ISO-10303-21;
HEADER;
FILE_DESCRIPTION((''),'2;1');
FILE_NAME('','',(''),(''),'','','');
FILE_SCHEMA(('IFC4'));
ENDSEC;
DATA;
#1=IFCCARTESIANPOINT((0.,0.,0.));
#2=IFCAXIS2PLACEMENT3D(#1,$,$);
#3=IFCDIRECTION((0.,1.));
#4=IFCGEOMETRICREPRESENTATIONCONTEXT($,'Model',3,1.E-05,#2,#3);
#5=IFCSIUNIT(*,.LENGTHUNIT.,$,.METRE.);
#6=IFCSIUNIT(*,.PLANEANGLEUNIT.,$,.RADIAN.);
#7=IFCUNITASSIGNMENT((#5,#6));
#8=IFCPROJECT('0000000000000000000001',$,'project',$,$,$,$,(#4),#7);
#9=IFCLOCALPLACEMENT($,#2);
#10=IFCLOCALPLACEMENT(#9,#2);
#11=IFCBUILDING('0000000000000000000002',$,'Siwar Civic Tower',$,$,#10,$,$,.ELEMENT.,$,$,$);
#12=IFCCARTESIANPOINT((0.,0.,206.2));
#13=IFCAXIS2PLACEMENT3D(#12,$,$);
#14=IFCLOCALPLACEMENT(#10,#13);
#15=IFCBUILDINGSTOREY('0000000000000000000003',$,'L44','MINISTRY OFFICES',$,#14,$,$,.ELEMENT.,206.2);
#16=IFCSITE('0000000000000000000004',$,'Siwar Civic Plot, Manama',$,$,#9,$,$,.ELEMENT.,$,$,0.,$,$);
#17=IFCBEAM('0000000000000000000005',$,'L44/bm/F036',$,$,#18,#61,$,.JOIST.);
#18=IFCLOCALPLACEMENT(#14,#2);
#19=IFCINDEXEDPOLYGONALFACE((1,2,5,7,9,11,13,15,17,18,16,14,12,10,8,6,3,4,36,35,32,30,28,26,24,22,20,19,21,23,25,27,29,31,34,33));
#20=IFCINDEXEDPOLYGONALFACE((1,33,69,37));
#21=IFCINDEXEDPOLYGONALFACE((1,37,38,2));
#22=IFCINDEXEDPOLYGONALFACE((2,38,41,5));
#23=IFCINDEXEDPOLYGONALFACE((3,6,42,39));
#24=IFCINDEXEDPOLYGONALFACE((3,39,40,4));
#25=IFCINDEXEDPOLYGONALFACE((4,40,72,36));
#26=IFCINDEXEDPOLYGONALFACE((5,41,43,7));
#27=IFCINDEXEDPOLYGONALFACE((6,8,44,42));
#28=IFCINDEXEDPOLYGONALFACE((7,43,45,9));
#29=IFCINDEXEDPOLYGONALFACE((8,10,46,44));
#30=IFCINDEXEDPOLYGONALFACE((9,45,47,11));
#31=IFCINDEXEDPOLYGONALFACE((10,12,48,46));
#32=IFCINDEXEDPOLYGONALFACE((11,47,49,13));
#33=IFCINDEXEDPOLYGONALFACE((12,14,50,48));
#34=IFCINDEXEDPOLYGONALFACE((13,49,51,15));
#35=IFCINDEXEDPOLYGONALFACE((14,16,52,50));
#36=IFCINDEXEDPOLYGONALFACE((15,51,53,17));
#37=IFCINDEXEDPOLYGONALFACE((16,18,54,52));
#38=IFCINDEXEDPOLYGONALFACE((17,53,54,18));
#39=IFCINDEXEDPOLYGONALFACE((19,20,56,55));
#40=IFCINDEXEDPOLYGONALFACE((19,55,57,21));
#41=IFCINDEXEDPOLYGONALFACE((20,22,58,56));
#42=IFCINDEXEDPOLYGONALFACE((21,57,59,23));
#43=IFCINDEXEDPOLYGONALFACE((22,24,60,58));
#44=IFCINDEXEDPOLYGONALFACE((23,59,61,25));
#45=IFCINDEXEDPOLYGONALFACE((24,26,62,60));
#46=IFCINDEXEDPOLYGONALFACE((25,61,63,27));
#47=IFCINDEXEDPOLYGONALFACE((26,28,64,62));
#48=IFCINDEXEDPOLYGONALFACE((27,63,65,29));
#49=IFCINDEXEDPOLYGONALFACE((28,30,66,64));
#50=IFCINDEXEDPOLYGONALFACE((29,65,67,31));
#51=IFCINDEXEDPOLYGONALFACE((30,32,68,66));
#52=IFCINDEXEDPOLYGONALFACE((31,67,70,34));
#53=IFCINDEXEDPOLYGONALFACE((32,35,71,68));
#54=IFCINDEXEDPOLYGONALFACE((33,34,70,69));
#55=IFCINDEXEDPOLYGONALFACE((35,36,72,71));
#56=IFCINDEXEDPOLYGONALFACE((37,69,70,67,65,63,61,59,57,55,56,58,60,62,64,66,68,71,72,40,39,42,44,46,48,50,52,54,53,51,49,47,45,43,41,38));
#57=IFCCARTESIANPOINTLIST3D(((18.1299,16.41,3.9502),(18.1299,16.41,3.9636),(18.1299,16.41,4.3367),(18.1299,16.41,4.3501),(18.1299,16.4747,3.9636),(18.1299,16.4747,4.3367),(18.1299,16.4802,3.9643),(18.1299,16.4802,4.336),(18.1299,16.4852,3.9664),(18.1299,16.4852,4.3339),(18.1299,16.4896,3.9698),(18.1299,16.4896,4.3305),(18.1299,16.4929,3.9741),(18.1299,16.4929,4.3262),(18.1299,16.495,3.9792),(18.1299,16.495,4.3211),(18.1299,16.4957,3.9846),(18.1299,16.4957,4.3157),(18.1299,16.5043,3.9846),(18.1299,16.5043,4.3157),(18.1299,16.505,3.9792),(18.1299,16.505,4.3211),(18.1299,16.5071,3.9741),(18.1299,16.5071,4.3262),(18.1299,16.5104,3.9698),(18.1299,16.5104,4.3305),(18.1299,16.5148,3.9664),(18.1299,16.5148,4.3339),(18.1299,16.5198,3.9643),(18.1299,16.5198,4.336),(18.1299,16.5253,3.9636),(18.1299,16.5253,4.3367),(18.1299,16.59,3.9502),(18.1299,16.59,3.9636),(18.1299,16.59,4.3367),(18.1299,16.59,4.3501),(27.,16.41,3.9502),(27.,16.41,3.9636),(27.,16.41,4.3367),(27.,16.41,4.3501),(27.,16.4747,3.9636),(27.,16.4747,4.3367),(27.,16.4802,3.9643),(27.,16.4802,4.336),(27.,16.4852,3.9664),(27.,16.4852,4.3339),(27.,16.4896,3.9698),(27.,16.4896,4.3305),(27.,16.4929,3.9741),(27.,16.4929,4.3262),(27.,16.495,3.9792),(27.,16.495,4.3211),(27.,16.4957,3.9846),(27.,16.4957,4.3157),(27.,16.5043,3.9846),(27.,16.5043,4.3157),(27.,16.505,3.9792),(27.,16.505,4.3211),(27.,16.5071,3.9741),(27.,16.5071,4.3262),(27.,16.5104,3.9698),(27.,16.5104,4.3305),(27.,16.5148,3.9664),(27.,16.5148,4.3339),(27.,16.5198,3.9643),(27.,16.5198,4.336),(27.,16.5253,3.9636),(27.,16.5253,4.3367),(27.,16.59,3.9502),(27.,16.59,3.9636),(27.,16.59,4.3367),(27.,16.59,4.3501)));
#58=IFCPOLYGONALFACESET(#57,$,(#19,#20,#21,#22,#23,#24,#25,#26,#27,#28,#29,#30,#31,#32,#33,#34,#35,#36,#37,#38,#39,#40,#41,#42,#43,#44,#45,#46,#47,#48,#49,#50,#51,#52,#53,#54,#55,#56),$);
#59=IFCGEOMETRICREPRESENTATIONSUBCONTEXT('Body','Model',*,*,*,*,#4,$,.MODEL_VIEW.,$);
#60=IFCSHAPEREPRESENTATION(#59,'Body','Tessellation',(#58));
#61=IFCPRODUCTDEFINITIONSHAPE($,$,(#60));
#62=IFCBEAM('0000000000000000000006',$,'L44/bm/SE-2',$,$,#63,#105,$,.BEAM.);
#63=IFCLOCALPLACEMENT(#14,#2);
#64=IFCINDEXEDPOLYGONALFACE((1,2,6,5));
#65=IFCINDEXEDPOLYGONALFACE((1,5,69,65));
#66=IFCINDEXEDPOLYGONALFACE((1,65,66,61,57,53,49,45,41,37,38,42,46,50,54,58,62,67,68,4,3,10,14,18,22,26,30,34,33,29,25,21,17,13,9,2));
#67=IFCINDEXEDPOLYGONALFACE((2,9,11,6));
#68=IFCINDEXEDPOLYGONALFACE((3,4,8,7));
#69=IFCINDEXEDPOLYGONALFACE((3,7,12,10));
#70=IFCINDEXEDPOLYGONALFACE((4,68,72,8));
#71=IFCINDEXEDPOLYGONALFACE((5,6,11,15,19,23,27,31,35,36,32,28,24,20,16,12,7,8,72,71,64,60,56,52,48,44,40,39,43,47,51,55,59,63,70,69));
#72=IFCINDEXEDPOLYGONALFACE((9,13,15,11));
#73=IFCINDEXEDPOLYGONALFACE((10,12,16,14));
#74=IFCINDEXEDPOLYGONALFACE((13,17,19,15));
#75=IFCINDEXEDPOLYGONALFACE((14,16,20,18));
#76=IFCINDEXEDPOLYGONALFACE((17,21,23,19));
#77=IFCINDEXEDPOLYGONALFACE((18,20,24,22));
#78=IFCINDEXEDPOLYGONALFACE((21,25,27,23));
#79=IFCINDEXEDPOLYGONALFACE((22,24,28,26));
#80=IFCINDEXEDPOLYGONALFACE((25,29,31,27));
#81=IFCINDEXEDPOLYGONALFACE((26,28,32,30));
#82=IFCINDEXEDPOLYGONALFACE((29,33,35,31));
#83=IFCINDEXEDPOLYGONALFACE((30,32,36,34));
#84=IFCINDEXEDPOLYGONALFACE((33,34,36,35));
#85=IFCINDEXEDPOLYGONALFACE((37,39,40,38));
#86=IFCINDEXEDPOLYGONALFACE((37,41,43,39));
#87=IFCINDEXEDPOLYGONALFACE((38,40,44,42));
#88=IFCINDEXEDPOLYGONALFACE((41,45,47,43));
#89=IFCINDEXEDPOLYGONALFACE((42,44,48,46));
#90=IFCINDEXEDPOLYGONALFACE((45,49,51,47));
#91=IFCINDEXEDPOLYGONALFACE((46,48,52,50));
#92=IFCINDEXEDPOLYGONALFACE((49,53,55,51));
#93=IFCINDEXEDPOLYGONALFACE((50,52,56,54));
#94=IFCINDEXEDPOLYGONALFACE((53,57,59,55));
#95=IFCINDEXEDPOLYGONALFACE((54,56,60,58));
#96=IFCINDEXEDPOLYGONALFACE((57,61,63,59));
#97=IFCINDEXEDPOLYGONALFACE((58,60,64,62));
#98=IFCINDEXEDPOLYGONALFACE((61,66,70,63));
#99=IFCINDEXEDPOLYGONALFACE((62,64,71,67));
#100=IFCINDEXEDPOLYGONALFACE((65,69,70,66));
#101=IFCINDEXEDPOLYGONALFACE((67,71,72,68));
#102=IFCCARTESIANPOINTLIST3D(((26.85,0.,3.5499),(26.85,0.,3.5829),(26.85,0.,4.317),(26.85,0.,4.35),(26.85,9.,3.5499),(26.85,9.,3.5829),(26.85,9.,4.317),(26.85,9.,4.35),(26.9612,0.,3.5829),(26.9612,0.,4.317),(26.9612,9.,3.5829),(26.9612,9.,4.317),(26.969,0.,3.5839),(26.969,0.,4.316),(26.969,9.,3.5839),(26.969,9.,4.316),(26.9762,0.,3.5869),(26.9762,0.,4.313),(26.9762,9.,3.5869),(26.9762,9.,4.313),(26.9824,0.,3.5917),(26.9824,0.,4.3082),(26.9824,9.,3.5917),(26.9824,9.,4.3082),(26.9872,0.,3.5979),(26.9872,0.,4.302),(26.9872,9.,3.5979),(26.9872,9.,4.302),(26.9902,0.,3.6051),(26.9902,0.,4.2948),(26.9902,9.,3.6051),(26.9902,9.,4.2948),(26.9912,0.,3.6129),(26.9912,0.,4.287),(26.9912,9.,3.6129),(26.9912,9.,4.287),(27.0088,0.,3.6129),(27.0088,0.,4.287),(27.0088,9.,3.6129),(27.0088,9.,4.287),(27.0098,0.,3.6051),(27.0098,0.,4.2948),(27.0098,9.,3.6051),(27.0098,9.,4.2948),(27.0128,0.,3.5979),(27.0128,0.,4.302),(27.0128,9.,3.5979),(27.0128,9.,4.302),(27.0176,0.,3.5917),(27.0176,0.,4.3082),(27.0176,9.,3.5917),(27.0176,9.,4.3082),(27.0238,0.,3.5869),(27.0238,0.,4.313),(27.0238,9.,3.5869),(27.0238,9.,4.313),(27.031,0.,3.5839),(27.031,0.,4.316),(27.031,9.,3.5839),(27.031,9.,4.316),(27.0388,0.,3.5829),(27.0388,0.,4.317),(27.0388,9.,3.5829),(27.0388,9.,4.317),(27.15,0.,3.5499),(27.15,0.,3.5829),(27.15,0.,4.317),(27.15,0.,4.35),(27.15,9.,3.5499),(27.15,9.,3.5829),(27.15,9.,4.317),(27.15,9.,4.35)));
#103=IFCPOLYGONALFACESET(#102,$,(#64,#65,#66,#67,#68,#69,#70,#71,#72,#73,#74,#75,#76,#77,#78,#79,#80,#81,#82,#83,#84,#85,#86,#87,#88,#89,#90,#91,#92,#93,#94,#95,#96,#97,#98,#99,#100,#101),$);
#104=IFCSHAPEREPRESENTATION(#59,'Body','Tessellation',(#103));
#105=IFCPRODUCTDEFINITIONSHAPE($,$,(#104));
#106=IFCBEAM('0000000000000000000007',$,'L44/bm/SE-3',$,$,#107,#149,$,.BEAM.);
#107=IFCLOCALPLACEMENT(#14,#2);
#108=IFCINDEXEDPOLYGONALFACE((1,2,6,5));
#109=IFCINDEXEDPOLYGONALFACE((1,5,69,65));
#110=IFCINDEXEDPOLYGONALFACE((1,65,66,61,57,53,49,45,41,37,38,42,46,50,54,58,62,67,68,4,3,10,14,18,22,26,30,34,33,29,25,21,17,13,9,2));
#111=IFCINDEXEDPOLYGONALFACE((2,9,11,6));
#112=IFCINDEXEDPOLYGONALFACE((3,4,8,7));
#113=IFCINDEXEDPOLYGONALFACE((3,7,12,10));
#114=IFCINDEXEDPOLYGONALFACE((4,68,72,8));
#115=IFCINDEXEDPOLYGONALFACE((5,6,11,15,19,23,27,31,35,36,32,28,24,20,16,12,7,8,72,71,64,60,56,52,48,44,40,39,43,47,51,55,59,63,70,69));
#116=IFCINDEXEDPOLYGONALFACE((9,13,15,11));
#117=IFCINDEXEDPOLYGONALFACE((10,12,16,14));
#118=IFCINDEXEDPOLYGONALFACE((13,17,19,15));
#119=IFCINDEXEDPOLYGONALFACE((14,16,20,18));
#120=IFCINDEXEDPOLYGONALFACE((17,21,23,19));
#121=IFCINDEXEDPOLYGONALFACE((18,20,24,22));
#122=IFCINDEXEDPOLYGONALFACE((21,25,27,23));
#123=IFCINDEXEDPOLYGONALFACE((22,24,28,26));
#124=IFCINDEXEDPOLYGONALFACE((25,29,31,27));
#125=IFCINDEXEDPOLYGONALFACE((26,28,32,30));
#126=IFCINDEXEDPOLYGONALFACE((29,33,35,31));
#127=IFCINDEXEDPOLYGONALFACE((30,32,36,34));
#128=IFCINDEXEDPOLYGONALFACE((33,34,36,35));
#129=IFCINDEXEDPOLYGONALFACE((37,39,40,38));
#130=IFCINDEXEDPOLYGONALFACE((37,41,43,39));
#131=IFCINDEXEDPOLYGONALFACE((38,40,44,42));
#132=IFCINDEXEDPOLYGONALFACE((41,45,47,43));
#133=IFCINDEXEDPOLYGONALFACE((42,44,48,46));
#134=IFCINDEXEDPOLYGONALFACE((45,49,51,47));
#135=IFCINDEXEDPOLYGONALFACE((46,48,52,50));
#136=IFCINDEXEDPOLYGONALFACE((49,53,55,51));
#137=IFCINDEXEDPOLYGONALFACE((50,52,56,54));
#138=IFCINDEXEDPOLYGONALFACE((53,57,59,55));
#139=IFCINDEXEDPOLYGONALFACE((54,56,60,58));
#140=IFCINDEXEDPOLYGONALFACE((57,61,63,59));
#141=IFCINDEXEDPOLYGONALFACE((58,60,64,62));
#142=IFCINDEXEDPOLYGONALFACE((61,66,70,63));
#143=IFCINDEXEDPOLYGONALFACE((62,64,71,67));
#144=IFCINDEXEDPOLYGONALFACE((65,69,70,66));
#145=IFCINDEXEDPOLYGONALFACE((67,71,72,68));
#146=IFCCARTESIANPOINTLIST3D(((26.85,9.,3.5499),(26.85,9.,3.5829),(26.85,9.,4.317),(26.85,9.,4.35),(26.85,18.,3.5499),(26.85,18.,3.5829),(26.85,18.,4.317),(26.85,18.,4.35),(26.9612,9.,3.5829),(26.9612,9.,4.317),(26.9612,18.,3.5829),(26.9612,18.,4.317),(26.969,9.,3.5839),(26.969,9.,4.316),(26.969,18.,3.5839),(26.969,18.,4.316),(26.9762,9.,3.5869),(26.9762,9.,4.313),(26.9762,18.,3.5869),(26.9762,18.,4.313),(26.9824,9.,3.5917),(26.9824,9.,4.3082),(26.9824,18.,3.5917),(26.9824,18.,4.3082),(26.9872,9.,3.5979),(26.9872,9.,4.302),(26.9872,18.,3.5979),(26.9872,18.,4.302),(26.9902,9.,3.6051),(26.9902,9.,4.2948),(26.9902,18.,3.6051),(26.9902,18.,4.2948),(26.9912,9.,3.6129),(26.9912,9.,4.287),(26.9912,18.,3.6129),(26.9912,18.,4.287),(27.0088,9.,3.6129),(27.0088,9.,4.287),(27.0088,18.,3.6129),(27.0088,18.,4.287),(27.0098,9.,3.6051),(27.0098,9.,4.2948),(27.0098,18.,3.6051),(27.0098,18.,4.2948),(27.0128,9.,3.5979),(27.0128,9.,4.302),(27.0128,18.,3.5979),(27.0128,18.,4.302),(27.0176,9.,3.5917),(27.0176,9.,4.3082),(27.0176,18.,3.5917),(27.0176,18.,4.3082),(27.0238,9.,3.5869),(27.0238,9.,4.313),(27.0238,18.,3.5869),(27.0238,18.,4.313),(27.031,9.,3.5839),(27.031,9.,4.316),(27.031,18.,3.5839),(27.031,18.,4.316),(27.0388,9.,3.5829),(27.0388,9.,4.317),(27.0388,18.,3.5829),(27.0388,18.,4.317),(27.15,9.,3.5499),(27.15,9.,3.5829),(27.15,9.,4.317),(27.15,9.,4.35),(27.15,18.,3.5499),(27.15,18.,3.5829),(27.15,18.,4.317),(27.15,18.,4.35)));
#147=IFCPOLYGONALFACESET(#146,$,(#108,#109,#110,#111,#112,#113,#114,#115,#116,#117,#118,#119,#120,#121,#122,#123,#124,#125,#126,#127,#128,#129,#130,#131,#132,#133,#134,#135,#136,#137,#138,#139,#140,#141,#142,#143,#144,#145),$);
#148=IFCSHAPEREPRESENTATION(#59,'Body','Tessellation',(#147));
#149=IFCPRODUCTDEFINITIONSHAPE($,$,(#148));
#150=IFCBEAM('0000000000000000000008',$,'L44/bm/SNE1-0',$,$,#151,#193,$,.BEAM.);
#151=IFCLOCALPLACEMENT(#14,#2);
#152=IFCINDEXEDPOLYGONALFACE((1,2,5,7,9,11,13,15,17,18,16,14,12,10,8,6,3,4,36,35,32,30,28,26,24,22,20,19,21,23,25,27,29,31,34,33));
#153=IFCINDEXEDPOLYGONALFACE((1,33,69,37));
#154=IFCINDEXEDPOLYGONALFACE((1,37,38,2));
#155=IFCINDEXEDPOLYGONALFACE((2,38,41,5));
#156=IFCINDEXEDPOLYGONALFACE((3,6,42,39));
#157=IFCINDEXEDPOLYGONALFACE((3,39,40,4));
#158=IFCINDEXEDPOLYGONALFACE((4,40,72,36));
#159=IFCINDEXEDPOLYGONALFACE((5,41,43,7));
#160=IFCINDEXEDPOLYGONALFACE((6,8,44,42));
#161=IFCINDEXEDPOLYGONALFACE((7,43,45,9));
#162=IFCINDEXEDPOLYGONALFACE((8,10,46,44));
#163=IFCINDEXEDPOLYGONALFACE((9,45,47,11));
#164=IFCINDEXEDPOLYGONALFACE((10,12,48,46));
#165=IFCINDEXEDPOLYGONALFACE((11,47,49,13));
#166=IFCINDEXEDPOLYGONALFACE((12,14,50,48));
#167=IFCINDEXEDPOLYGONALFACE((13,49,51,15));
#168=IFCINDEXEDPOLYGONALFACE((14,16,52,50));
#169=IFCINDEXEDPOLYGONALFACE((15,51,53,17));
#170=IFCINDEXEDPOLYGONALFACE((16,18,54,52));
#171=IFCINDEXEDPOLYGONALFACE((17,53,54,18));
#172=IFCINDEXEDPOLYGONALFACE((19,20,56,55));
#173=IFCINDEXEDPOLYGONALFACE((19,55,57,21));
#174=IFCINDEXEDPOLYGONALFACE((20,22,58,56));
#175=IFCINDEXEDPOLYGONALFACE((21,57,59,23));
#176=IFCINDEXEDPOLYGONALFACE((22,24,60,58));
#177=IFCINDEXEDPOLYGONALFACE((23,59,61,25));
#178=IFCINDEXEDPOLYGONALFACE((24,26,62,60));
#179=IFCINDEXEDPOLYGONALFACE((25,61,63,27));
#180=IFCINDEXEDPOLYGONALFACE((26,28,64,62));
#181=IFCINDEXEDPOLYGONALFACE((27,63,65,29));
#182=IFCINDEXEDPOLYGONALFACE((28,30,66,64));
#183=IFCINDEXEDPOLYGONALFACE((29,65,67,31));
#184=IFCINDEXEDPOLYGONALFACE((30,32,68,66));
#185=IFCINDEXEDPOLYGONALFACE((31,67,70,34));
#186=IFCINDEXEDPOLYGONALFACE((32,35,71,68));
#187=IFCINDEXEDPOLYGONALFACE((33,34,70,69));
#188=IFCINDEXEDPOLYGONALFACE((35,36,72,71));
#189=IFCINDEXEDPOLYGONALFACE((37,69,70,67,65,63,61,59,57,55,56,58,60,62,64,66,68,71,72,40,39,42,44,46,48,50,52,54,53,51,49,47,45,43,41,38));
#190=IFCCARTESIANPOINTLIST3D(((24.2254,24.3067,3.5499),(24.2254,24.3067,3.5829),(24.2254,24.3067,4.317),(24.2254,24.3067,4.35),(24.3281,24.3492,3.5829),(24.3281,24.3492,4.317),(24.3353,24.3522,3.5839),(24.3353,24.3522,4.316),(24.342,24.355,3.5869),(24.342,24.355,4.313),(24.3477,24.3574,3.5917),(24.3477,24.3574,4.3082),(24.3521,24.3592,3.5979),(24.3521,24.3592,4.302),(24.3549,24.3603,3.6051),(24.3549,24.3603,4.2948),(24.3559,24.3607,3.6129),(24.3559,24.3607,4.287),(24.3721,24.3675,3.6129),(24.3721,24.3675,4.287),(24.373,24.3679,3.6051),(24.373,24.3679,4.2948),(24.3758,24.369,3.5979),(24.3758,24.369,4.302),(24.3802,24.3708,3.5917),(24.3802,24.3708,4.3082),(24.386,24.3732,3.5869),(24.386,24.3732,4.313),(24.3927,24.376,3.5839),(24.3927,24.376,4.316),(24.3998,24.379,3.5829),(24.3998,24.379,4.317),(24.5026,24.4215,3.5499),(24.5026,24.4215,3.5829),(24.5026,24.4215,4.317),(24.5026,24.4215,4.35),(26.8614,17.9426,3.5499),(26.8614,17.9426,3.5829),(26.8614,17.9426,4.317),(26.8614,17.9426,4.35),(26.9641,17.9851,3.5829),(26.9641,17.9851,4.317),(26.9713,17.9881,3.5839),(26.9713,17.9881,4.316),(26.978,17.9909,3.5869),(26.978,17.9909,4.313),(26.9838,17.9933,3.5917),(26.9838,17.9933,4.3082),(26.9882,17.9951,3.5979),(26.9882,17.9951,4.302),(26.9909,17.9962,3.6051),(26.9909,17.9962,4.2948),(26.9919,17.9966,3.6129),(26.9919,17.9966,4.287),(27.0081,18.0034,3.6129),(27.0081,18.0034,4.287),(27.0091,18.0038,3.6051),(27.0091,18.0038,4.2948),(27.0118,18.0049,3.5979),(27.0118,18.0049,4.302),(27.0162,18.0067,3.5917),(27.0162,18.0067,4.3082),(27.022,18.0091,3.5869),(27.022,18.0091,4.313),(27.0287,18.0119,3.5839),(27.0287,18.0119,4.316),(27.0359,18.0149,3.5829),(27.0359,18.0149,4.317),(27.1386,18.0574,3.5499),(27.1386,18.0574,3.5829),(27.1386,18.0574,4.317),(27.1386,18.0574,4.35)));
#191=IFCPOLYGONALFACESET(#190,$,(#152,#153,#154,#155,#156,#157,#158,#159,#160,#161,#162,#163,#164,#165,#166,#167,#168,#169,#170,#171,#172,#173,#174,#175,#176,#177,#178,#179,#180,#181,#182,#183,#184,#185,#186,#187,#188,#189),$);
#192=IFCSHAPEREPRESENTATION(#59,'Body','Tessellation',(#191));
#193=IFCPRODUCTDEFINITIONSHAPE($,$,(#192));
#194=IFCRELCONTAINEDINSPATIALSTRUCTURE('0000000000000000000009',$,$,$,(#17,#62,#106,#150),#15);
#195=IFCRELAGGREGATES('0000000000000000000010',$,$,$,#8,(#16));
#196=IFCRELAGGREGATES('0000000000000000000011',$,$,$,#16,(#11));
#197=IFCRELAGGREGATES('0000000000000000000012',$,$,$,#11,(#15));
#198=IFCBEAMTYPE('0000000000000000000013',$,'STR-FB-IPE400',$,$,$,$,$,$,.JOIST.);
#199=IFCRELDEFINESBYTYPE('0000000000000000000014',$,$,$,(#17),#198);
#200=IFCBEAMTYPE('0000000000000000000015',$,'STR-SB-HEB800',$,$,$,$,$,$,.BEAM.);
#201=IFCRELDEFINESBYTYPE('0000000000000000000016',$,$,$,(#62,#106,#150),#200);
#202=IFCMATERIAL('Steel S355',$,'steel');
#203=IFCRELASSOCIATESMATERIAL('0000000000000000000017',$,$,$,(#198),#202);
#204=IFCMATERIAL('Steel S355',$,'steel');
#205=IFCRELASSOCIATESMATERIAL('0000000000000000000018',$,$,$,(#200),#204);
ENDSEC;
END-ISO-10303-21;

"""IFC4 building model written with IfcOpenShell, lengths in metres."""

from ifc_helpers import new_model, si_unit, direction, frame, origin, origin_2d, place, context, subcontext, project, spatial, i_section, extrude, material, material_profile, profile_set, type_object, element, save


model = new_model("IFC4")

# Units and contexts
model_context = context("Model", 3, precision=1e-05, world=origin(), true_north=direction((0.0, 1.0)))
body_context = subcontext(model_context, "Body", "Model", "MODEL_VIEW")
ifc_project = project(units=[si_unit("LENGTHUNIT", "METRE"), si_unit("PLANEANGLEUNIT", "RADIAN")], contexts=[model_context])

# Site, building, storey
site_placement = place(None, origin())
site = spatial("IfcSite", under=ifc_project, at=site_placement, Name="Siwar Civic Plot, Manama", CompositionType="ELEMENT", RefElevation=0.0)
building_placement = place(site_placement, origin())
building = spatial("IfcBuilding", under=site, at=building_placement, Name="Siwar Civic Tower", CompositionType="ELEMENT")
storey_placement = place(building_placement, frame((0.0, 0.0, 206.2)))
storey = spatial("IfcBuildingStorey", under=building, at=storey_placement, Name="L44", Description="MINISTRY OFFICES", CompositionType="ELEMENT", Elevation=206.2)

# Beams
ifc_material_1 = material(Name="Steel S355", Category="steel")
ifc_material_profile_1 = material_profile(ifc_material_1, i_section(OverallWidth=0.1799, OverallDepth=0.3999, WebThickness=0.0085, FlangeThickness=0.0134, FilletRadius=0.021, at=origin_2d()), Name="IPE400")
ifc_profile_set_1 = profile_set([ifc_material_profile_1], Name="Steel S355")
beam_type_1 = type_object("IfcBeamType", Name="STR-FB-IPE400", PredefinedType="JOIST", material=ifc_profile_set_1)
beam_1_placement = place(storey_placement, frame((18.1299, 16.5, 4.1501), z_axis=(1.0, 0.0, 0.0), x_axis=(0.0, 1.0, 0.0)))
element("IfcBeam", 1, at=beam_1_placement, inside=storey, type_object=beam_type_1, Name="L44/bm/F036", PredefinedType="JOIST", context=body_context, shape_type="SweptSolid", body=[
    extrude(i_section(OverallWidth=0.1799, OverallDepth=0.3999, WebThickness=0.0085, FlangeThickness=0.0134, FilletRadius=0.021, at=origin_2d()), origin(), (0.0, 0.0, 1.0), 8.8701),
])
ifc_material_2 = material(Name="Steel S355", Category="steel")
ifc_material_profile_2 = material_profile(ifc_material_2, i_section(OverallWidth=0.3, OverallDepth=0.8, WebThickness=0.0176, FlangeThickness=0.033, FilletRadius=0.03, at=origin_2d()), Name="HEB800")
ifc_profile_set_2 = profile_set([ifc_material_profile_2], Name="Steel S355")
beam_type_2 = type_object("IfcBeamType", Name="STR-SB-HEB800", PredefinedType="BEAM", material=ifc_profile_set_2)
for number, where, z_axis, x_axis, name in (
    (2, (27.0, 0.0, 3.95), (0.0, 1.0, 0.0), (-1.0, 0.0, 0.0), "L44/bm/SE-2"),
    (3, (27.0, 9.0, 3.95), (0.0, 1.0, 0.0), (-1.0, 0.0, 0.0), "L44/bm/SE-3"),
):
    element("IfcBeam", number, at=place(storey_placement, frame(where, z_axis=z_axis, x_axis=x_axis)), inside=storey, type_object=beam_type_2, Name=name, PredefinedType="BEAM", context=body_context, shape_type="SweptSolid", body=[
        extrude(i_section(OverallWidth=0.3, OverallDepth=0.8, WebThickness=0.0176, FlangeThickness=0.033, FilletRadius=0.03, at=origin_2d()), origin(), (0.0, 0.0, 1.0), 9.0),
    ])
beam_2_placement = place(storey_placement, frame((27.0, 18.0, 3.95), z_axis=(-0.382674, 0.923883, 0.0), x_axis=(-0.923883, -0.382674, 0.0)))
element("IfcBeam", 4, at=beam_2_placement, inside=storey, type_object=beam_type_2, Name="L44/bm/SNE1-0", PredefinedType="BEAM", context=body_context, shape_type="SweptSolid", body=[
    extrude(i_section(OverallWidth=0.3, OverallDepth=0.8, WebThickness=0.0176, FlangeThickness=0.033, FilletRadius=0.03, at=origin_2d()), origin(), (0.0, 0.0, 1.0), 6.8884),
])

save(model, "model.ifc")
